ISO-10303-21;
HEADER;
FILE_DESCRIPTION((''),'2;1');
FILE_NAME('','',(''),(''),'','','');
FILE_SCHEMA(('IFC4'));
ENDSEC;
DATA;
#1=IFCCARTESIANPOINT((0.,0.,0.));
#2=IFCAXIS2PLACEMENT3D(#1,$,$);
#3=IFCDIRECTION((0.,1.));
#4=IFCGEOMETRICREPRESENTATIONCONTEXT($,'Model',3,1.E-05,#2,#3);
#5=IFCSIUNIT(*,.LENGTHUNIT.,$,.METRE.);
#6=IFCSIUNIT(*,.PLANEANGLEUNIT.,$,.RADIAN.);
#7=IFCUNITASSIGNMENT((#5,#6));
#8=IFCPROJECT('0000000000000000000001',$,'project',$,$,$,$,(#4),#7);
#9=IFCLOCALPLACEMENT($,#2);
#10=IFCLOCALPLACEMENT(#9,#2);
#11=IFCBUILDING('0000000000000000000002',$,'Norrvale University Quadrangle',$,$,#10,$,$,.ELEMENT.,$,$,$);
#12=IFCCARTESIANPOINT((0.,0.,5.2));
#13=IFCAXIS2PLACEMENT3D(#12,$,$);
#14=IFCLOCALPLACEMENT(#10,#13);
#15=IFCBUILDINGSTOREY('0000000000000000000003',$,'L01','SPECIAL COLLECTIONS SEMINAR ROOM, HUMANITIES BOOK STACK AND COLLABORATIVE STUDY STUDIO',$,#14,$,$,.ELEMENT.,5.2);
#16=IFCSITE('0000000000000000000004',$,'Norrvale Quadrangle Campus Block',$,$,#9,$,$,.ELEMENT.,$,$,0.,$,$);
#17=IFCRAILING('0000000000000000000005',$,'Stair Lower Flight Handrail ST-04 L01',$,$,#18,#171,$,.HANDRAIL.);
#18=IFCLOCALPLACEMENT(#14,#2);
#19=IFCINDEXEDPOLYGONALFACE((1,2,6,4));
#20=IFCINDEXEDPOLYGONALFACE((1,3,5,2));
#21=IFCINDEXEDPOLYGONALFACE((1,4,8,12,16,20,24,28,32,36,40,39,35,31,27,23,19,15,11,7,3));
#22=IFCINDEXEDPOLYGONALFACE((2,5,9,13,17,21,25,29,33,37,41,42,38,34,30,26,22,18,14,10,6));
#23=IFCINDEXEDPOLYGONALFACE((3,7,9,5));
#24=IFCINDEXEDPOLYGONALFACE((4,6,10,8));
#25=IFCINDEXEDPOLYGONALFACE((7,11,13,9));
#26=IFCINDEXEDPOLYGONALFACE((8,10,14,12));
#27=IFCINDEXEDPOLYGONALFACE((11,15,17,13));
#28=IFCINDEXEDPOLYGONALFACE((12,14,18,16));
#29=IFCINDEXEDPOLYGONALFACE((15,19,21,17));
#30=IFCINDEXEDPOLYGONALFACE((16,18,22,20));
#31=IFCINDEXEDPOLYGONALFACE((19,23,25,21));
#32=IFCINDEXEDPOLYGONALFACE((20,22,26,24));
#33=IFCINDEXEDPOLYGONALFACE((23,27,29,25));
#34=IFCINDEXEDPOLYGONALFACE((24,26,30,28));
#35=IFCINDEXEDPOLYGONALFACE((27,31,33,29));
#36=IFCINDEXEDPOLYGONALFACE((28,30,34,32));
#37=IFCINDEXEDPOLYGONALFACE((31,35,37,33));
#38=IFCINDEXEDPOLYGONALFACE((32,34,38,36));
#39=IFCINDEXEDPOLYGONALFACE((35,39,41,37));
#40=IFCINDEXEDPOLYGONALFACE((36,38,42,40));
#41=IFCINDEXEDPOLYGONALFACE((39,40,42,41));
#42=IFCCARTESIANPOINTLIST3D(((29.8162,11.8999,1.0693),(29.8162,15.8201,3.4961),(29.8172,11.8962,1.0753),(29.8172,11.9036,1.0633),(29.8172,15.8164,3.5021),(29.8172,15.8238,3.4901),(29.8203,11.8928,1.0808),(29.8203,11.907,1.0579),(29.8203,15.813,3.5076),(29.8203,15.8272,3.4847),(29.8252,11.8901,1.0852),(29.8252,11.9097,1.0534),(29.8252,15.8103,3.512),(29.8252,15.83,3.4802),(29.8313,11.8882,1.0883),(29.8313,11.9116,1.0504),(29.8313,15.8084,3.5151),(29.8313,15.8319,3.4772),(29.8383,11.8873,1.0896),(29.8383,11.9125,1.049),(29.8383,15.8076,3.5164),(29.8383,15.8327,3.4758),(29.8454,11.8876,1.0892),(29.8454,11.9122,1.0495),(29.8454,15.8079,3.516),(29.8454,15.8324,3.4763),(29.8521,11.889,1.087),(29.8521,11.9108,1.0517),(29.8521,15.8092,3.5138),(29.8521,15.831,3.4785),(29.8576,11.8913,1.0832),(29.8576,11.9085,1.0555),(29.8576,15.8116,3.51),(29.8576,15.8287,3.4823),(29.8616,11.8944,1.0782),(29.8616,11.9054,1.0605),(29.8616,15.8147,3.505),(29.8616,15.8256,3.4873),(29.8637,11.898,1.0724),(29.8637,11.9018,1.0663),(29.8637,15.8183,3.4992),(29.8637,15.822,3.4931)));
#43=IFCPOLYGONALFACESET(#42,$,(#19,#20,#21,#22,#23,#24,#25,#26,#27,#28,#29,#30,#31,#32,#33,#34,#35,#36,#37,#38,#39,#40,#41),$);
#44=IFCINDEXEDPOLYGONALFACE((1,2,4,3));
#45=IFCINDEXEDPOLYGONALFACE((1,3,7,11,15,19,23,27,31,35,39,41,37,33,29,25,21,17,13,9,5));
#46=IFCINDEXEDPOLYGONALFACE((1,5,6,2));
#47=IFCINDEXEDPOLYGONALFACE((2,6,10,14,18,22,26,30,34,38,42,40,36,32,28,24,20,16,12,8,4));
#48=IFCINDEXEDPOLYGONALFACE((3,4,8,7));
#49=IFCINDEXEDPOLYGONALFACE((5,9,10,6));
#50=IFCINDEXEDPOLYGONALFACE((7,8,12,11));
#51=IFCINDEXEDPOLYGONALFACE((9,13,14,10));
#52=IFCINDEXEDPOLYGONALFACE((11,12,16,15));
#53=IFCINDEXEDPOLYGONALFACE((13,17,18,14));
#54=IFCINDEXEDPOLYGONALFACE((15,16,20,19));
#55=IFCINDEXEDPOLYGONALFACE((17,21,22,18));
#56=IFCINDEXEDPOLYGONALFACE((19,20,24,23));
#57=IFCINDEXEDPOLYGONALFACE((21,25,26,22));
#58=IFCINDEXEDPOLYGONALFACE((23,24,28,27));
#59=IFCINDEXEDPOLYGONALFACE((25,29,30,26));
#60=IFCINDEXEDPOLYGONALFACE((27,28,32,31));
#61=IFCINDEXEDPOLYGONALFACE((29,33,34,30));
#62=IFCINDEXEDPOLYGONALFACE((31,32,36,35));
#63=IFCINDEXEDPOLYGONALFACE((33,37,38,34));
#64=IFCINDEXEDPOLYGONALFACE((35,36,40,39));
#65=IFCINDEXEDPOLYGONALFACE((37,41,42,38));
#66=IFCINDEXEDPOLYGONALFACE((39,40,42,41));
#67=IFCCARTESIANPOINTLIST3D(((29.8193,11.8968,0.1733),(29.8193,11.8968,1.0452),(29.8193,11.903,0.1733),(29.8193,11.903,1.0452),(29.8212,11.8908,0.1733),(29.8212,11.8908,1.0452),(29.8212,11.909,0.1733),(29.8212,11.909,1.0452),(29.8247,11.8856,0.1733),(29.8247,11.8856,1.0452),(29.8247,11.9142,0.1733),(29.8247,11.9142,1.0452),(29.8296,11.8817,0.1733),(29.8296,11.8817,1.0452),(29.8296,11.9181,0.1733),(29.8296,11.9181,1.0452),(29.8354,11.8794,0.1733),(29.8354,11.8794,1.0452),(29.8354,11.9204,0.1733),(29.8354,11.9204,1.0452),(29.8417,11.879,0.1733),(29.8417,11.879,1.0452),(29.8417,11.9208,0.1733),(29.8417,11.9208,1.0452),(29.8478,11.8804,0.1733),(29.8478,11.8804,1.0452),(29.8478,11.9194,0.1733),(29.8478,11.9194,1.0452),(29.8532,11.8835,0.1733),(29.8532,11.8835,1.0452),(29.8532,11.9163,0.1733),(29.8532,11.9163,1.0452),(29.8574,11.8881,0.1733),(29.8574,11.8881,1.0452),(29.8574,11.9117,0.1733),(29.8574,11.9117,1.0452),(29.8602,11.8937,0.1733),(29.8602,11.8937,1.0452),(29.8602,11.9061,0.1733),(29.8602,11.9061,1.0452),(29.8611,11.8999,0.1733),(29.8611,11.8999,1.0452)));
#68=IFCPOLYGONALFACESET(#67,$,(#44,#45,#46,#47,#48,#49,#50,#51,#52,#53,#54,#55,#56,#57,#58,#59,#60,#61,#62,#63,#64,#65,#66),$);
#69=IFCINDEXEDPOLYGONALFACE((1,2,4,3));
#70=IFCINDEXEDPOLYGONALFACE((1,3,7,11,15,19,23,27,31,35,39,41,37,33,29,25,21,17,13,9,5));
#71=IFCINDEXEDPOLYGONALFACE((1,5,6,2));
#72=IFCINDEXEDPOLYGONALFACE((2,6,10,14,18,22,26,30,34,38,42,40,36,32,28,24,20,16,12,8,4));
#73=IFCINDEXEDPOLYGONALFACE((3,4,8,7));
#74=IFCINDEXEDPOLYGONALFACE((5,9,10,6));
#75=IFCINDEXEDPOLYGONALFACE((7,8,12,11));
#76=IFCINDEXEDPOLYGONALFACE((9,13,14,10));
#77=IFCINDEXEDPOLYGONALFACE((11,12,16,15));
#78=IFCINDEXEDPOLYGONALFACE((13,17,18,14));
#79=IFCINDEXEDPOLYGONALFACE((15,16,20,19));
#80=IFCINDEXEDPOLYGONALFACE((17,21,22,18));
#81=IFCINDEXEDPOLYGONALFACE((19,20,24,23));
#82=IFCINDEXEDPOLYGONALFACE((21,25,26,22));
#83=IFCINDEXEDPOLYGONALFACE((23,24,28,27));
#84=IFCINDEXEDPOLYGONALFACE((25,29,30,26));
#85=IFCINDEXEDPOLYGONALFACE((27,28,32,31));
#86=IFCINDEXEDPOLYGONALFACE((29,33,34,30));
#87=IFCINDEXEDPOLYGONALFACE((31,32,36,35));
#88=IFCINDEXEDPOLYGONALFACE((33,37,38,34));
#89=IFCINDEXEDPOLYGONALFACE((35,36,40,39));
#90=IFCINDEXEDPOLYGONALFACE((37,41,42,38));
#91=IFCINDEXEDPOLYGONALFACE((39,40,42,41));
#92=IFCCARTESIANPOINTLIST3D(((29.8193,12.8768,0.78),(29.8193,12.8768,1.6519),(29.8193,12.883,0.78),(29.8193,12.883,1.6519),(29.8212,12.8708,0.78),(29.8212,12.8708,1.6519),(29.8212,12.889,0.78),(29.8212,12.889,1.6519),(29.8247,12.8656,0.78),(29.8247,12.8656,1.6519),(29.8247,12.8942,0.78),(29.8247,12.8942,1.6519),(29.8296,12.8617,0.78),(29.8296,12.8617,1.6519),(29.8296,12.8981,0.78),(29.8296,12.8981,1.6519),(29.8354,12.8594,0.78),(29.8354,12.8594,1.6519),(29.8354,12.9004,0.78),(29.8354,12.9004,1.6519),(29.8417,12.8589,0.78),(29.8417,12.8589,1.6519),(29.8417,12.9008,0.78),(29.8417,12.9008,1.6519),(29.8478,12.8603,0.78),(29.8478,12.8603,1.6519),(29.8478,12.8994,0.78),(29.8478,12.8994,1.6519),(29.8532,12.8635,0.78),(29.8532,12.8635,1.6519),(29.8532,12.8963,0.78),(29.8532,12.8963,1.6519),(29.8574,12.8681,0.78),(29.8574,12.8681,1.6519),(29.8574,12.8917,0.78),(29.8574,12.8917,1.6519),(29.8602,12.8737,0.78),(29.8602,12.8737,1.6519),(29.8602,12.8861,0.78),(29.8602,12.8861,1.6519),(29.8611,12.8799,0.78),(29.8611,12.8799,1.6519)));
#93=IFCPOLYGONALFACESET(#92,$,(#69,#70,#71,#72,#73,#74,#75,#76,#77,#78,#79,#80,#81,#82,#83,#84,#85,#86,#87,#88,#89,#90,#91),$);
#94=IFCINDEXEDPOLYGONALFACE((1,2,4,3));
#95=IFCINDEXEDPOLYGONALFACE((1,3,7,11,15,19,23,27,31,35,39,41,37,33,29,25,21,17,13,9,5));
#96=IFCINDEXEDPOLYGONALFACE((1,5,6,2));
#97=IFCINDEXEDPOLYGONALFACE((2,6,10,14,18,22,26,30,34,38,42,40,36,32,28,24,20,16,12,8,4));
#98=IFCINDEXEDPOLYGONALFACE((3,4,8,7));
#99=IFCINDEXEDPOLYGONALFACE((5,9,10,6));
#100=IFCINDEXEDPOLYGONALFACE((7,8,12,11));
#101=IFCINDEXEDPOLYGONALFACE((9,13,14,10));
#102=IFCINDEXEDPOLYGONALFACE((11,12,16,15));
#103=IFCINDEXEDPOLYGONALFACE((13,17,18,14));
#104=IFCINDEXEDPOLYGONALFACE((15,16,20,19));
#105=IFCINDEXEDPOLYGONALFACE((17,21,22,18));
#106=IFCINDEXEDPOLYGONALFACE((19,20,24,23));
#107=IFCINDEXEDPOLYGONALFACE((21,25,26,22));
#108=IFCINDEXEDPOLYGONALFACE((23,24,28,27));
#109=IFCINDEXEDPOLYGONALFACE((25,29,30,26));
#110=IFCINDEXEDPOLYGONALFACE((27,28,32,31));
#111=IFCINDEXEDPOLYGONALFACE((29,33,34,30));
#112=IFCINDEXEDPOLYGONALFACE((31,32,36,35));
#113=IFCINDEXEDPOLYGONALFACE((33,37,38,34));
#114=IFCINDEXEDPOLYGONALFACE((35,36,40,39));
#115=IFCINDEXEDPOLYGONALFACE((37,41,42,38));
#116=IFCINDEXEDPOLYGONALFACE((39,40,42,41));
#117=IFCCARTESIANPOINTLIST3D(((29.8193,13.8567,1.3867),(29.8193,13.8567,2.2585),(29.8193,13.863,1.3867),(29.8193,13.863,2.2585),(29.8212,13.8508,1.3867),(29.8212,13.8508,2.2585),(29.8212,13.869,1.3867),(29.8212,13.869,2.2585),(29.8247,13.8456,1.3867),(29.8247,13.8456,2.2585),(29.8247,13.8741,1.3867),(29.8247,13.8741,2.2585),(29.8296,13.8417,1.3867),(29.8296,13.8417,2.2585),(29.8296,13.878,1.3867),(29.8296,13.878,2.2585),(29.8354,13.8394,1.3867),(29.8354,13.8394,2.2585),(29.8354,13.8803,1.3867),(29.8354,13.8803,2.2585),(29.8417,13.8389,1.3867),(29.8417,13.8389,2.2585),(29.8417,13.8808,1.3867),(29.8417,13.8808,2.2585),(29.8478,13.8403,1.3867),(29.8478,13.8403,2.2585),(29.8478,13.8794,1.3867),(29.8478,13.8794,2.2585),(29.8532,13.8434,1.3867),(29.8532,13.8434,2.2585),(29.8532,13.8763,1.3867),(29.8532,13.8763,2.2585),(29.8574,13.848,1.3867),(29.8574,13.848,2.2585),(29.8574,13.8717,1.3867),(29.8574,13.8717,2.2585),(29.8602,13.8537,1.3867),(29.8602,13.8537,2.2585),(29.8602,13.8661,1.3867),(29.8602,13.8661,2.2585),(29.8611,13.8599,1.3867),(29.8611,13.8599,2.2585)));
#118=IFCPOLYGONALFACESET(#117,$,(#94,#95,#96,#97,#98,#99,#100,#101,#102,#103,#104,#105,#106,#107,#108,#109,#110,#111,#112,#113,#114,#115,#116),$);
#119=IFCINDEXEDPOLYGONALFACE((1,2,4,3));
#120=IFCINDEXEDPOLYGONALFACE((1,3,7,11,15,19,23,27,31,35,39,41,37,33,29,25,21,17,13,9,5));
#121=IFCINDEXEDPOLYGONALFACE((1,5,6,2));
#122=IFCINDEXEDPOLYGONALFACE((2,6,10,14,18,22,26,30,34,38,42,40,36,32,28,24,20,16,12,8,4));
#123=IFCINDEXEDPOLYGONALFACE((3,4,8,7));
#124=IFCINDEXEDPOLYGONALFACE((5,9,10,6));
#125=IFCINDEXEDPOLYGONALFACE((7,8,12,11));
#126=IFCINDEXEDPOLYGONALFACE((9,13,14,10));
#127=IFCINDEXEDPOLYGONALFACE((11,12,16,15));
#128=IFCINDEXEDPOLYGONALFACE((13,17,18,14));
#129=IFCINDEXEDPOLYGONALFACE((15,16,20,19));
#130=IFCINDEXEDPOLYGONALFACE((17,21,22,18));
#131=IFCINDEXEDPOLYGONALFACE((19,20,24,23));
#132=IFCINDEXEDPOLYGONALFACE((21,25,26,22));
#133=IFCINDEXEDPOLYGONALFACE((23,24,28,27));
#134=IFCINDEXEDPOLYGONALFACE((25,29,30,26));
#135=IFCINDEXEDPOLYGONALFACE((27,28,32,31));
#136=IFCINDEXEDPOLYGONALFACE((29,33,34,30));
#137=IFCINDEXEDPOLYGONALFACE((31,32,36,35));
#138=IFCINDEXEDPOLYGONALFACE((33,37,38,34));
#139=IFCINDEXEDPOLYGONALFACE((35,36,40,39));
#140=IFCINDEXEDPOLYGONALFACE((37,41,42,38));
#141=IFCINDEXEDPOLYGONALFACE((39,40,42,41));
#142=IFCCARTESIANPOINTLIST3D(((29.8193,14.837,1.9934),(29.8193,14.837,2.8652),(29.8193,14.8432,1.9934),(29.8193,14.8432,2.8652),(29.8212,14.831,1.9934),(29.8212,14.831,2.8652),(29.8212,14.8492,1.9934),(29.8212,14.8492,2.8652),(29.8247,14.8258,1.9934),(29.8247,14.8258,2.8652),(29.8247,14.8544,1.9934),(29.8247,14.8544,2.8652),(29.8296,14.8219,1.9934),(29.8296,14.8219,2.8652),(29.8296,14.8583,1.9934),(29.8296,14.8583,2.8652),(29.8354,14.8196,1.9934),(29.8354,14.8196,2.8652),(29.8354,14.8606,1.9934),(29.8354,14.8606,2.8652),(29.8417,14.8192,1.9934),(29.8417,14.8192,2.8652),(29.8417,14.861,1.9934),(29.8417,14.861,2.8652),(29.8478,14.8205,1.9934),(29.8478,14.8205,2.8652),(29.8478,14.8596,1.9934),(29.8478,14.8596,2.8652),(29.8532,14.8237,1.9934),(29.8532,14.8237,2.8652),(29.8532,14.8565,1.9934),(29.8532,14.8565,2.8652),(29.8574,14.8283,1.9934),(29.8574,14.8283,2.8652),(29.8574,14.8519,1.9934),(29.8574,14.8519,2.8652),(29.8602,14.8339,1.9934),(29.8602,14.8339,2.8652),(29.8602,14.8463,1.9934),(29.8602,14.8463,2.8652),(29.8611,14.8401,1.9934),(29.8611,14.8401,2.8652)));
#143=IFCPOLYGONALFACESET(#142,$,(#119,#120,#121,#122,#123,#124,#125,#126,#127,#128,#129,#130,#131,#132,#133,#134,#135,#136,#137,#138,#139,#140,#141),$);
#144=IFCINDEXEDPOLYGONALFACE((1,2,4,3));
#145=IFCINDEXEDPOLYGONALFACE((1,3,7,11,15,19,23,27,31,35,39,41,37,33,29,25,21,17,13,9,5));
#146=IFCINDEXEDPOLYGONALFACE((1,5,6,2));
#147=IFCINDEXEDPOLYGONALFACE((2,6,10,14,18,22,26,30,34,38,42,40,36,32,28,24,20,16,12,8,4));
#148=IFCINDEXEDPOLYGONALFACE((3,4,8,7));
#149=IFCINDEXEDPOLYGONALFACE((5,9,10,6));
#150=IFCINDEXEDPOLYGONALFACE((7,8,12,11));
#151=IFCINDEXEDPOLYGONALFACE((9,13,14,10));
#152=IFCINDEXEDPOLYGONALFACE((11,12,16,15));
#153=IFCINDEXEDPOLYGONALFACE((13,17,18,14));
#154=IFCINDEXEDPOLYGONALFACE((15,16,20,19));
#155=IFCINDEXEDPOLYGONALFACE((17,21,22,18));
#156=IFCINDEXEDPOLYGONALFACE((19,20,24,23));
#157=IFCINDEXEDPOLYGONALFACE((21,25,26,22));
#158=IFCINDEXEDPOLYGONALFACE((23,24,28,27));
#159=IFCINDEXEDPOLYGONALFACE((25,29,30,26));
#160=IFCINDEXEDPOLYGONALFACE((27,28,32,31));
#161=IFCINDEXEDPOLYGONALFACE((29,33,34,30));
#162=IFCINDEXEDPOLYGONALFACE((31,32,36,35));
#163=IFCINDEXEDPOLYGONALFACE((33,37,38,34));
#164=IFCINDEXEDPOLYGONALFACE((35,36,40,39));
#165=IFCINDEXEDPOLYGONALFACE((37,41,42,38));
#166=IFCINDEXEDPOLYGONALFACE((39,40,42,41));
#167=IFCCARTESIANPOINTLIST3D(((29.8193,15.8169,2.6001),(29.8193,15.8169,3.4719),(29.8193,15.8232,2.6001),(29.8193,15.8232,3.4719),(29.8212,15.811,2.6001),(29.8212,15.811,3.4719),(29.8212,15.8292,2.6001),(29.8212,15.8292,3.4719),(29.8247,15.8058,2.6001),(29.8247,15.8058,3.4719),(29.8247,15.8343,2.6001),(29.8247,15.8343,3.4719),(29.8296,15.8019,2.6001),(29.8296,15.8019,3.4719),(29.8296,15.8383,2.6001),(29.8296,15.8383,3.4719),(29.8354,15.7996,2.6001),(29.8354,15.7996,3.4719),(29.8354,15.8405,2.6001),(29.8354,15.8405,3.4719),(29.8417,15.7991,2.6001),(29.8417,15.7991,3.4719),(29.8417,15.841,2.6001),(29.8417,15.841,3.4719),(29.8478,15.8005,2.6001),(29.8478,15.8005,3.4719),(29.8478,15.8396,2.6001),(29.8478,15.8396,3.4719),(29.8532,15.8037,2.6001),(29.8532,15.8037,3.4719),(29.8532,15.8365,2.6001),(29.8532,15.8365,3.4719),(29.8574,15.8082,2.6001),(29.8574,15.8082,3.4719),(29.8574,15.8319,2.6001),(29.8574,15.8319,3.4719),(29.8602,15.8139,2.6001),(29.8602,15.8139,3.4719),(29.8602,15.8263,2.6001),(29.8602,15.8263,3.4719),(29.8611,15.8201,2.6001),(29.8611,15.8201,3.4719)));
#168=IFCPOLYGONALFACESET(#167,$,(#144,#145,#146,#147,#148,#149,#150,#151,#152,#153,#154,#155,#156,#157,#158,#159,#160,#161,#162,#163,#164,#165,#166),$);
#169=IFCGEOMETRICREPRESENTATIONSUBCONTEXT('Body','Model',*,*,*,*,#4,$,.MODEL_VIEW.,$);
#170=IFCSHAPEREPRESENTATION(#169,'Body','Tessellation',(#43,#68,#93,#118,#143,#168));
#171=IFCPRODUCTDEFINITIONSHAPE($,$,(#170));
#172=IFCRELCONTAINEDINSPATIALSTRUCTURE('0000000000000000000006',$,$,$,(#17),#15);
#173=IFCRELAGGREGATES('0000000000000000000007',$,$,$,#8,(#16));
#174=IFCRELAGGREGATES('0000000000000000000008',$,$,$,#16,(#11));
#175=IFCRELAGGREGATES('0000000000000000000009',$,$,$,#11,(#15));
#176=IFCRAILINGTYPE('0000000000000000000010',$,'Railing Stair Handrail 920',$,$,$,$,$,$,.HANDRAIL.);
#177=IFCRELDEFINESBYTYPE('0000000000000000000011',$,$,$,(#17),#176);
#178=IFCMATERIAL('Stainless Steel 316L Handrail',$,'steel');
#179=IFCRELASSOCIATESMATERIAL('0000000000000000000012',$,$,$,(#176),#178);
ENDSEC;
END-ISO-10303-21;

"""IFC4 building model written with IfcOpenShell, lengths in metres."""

from ifc_helpers import new_model, si_unit, direction, frame, origin, origin_2d, place, context, subcontext, project, spatial, circle, extrude, material, type_object, element, save


model = new_model("IFC4")

# Units and contexts
model_context = context("Model", 3, precision=1e-05, world=origin(), true_north=direction((0.0, 1.0)))
body_context = subcontext(model_context, "Body", "Model", "MODEL_VIEW")
ifc_project = project(units=[si_unit("LENGTHUNIT", "METRE"), si_unit("PLANEANGLEUNIT", "RADIAN")], contexts=[model_context])

# Site, building, storey
site_placement = place(None, origin())
site = spatial("IfcSite", under=ifc_project, at=site_placement, Name="Norrvale Quadrangle Campus Block", CompositionType="ELEMENT", RefElevation=0.0)
building_placement = place(site_placement, origin())
building = spatial("IfcBuilding", under=site, at=building_placement, Name="Norrvale University Quadrangle", CompositionType="ELEMENT")
storey_placement = place(building_placement, frame((0.0, 0.0, 5.2)))
storey = spatial("IfcBuildingStorey", under=building, at=storey_placement, Name="L01", Description="SPECIAL COLLECTIONS SEMINAR ROOM, HUMANITIES BOOK STACK AND COLLABORATIVE STUDY STUDIO", CompositionType="ELEMENT", Elevation=5.2)

# Railing
ifc_material_1 = material(Name="Stainless Steel 316L Handrail", Category="steel")
railing_type_1 = type_object("IfcRailingType", Name="Railing Stair Handrail 920", PredefinedType="HANDRAIL", material=ifc_material_1)
railing_1_placement = place(storey_placement, frame((29.8401, 11.8999, 0.1733)))
element("IfcRailing", 1, at=railing_1_placement, inside=storey, type_object=railing_type_1, Name="Stair Lower Flight Handrail ST-04 L01", PredefinedType="HANDRAIL", context=body_context, shape_type="SweptSolid", body=[
    extrude(circle(Radius=0.0239, at=origin_2d()), frame((0.0, 0.0, 0.896), z_axis=(0.0, 0.850266, 0.526353), x_axis=(-1.0, 0.0, 0.0)), (0.0, 0.0, 1.0), 4.6106),
    extrude(circle(Radius=0.021, at=origin_2d()), origin(), (0.0, 0.0, 1.0), 0.8718),
    extrude(circle(Radius=0.021, at=origin_2d()), frame((0.0, 0.98, 0.6067)), (0.0, 0.0, 1.0), 0.8718),
    extrude(circle(Radius=0.021, at=origin_2d()), frame((0.0, 1.96, 1.2134)), (0.0, 0.0, 1.0), 0.8718),
    extrude(circle(Radius=0.021, at=origin_2d()), frame((0.0, 2.9402, 1.8201)), (0.0, 0.0, 1.0), 0.8718),
    extrude(circle(Radius=0.021, at=origin_2d()), frame((0.0, 3.9202, 2.4268)), (0.0, 0.0, 1.0), 0.8718),
])

save(model, "model.ifc")
